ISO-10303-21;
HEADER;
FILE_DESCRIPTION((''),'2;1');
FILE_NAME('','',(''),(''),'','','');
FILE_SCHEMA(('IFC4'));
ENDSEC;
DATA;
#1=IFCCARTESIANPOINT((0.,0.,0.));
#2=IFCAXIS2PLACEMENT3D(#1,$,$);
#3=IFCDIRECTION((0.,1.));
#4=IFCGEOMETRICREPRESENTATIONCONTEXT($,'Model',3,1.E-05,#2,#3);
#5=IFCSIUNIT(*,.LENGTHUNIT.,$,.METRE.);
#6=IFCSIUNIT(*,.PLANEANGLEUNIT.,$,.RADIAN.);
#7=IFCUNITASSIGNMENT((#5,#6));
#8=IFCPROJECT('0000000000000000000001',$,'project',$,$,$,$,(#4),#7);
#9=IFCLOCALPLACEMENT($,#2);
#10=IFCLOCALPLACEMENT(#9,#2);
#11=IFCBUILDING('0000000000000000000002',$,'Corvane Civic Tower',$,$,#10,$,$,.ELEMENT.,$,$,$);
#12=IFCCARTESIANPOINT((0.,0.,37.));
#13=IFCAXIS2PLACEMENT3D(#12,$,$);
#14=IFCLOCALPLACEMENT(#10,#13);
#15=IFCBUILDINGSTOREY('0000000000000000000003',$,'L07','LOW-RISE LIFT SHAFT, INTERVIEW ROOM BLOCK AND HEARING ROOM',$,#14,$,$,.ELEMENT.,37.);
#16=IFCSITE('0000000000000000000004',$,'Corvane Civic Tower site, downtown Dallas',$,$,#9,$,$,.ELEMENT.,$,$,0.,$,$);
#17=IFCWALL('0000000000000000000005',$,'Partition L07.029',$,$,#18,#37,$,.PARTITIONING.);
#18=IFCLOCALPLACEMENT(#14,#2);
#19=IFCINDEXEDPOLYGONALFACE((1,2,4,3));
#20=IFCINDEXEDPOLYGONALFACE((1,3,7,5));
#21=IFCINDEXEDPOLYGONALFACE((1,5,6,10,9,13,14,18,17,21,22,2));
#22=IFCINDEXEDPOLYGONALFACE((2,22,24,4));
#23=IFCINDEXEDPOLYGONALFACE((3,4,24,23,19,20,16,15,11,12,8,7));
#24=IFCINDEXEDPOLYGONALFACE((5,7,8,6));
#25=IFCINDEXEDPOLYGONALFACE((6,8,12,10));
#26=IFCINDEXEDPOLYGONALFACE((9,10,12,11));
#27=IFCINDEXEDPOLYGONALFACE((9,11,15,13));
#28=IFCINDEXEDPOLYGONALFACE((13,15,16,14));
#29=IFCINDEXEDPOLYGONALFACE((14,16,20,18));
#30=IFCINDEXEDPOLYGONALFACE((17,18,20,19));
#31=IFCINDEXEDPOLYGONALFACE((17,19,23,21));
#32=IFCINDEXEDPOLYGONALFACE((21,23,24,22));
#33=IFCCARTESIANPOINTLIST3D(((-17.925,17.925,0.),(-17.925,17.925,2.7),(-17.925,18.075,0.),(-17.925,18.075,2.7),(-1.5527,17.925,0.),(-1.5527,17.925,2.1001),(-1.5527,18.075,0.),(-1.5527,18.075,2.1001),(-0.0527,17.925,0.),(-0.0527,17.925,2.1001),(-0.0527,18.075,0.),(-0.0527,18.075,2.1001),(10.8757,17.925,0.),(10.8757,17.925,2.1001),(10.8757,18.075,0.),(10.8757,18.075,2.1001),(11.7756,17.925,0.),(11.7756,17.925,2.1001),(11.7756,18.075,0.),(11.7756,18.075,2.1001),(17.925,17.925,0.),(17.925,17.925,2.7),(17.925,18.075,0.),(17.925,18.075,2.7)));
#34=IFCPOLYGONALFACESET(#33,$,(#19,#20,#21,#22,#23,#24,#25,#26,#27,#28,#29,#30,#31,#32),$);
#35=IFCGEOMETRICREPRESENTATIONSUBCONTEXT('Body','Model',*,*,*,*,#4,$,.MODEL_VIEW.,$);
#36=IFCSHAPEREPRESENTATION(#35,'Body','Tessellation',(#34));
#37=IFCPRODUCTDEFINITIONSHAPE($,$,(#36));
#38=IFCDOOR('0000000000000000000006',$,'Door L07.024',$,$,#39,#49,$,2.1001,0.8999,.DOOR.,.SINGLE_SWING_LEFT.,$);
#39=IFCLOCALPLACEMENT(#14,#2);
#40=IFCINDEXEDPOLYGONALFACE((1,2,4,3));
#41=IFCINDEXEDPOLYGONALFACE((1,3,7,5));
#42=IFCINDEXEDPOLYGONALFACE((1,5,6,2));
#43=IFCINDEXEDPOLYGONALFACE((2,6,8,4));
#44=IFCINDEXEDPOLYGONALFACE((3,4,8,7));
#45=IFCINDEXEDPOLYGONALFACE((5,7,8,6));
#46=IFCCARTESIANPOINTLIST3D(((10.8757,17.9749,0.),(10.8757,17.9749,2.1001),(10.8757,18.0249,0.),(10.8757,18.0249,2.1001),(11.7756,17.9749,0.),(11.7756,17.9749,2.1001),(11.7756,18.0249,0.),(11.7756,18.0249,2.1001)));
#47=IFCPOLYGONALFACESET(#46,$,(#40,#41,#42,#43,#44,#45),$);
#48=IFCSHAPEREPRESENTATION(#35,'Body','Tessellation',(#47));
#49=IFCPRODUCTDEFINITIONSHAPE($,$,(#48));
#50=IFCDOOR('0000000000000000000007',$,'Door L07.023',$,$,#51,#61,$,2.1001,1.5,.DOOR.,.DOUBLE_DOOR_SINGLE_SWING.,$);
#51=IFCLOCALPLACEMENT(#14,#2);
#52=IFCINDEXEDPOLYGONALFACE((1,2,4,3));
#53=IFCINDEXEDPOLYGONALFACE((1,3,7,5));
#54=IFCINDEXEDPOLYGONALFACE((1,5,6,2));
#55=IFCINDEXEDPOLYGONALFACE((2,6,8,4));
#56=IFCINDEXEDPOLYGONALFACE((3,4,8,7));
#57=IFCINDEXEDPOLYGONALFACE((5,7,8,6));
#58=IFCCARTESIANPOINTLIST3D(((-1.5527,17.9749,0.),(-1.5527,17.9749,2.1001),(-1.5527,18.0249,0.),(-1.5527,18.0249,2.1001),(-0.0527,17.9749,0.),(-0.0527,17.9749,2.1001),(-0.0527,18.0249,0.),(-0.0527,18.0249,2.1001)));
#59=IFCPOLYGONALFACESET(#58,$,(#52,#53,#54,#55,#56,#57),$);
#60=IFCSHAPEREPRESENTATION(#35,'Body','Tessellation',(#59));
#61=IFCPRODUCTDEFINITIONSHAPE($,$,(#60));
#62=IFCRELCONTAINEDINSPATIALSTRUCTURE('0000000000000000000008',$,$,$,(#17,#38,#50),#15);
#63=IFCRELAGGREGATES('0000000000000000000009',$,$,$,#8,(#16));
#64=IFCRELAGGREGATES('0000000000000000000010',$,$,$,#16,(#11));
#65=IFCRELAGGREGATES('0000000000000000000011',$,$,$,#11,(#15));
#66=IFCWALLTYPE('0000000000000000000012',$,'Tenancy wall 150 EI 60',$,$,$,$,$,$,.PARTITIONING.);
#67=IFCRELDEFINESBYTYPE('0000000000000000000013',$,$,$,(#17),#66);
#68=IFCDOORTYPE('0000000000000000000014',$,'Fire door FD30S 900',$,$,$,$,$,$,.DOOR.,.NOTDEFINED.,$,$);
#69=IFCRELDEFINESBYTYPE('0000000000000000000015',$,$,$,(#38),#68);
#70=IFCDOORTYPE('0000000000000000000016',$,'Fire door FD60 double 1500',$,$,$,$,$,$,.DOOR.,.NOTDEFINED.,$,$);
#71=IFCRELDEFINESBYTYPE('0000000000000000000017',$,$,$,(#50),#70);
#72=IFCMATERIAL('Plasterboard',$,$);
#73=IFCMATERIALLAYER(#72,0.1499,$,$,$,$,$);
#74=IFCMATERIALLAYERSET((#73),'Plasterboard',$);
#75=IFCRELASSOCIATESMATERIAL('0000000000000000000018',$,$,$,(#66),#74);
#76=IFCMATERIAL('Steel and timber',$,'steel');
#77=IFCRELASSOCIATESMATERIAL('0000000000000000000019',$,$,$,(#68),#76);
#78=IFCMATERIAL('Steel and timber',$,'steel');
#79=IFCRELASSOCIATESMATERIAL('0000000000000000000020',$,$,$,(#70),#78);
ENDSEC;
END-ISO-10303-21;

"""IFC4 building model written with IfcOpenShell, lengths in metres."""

from ifc_helpers import new_model, si_unit, direction, frame, frame_2d, origin, place, context, subcontext, project, spatial, rectangle, extrude, material, layer, layer_set, type_object, element, fill, save


model = new_model("IFC4")

# Units and contexts
model_context = context("Model", 3, precision=1e-05, world=origin(), true_north=direction((0.0, 1.0)))
body_context = subcontext(model_context, "Body", "Model", "MODEL_VIEW")
ifc_project = project(units=[si_unit("LENGTHUNIT", "METRE"), si_unit("PLANEANGLEUNIT", "RADIAN")], contexts=[model_context])

# Site, building, storey
site_placement = place(None, origin())
site = spatial("IfcSite", under=ifc_project, at=site_placement, Name="Corvane Civic Tower site, downtown Dallas", CompositionType="ELEMENT", RefElevation=0.0)
building_placement = place(site_placement, origin())
building = spatial("IfcBuilding", under=site, at=building_placement, Name="Corvane Civic Tower", CompositionType="ELEMENT")
storey_placement = place(building_placement, frame((0.0, 0.0, 37.0)))
storey = spatial("IfcBuildingStorey", under=building, at=storey_placement, Name="L07", Description="LOW-RISE LIFT SHAFT, INTERVIEW ROOM BLOCK AND HEARING ROOM", CompositionType="ELEMENT", Elevation=37.0)

# Wall, openings, doors
ifc_material_1 = material(Name="Plasterboard")
ifc_layer_1 = layer(ifc_material_1, 0.1499)
ifc_layer_set_1 = layer_set([ifc_layer_1], Name="Plasterboard")
wall_type_1 = type_object("IfcWallType", Name="Tenancy wall 150 EI 60", PredefinedType="PARTITIONING", material=ifc_layer_set_1)
wall_1_placement = place(storey_placement, frame((-17.925, 18.0, 0.0), z_axis=(0.0, 0.0, 1.0), x_axis=(1.0, 0.0, 0.0)))
wall_1 = element("IfcWall", 1, at=wall_1_placement, inside=storey, type_object=wall_type_1, Name="Partition L07.029", PredefinedType="PARTITIONING", context=body_context, shape_type="SweptSolid", body=[
    extrude(rectangle(XDim=35.8501, YDim=0.1499, at=frame_2d((17.925, 0.0))), origin(), (0.0, 0.0, 1.0), 2.7),
])
opening_1_placement = place(wall_1_placement, frame((16.3723, 0.0, 0.0)))
opening_1 = element("IfcOpeningElement", 2, at=opening_1_placement, cuts=wall_1, PredefinedType="OPENING", context=body_context, shape_type="SweptSolid", body=[
    extrude(rectangle(XDim=1.5, YDim=2.1001, at=frame_2d((0.75, 1.05))), frame((0.0, 0.085, 0.0), z_axis=(0.0, -1.0, 0.0), x_axis=(1.0, 0.0, 0.0)), (0.0, 0.0, 1.0), 0.1699),
])
opening_2_placement = place(wall_1_placement, frame((28.8008, 0.0, 0.0)))
opening_2 = element("IfcOpeningElement", 3, at=opening_2_placement, cuts=wall_1, PredefinedType="OPENING", context=body_context, shape_type="SweptSolid", body=[
    extrude(rectangle(XDim=0.8999, YDim=2.1001, at=frame_2d((0.45, 1.05))), frame((0.0, 0.085, 0.0), z_axis=(0.0, -1.0, 0.0), x_axis=(1.0, 0.0, 0.0)), (0.0, 0.0, 1.0), 0.1699),
])
ifc_material_2 = material(Name="Steel and timber", Category="steel")
door_type_1 = type_object("IfcDoorType", Name="Fire door FD30S 900", OperationType="NOTDEFINED", PredefinedType="DOOR", material=ifc_material_2)
door_1_placement = place(opening_2_placement, origin())
door_1 = element("IfcDoor", 4, at=door_1_placement, inside=storey, type_object=door_type_1, Name="Door L07.024", OperationType="SINGLE_SWING_LEFT", OverallHeight=2.1001, OverallWidth=0.8999, PredefinedType="DOOR", context=body_context, shape_type="SweptSolid", body=[
    extrude(rectangle(XDim=0.8999, YDim=2.1001, at=frame_2d((0.45, 1.05))), frame((0.0, 0.0249, 0.0), z_axis=(0.0, -1.0, 0.0), x_axis=(1.0, 0.0, 0.0)), (0.0, 0.0, 1.0), 0.05),
])
fill(opening_2, door_1)
ifc_material_3 = material(Name="Steel and timber", Category="steel")
door_type_2 = type_object("IfcDoorType", Name="Fire door FD60 double 1500", OperationType="NOTDEFINED", PredefinedType="DOOR", material=ifc_material_3)
door_2_placement = place(opening_1_placement, origin())
door_2 = element("IfcDoor", 5, at=door_2_placement, inside=storey, type_object=door_type_2, Name="Door L07.023", OperationType="DOUBLE_DOOR_SINGLE_SWING", OverallHeight=2.1001, OverallWidth=1.5, PredefinedType="DOOR", context=body_context, shape_type="SweptSolid", body=[
    extrude(rectangle(XDim=1.5, YDim=2.1001, at=frame_2d((0.75, 1.05))), frame((0.0, 0.0249, 0.0), z_axis=(0.0, -1.0, 0.0), x_axis=(1.0, 0.0, 0.0)), (0.0, 0.0, 1.0), 0.05),
])
fill(opening_1, door_2)

save(model, "model.ifc")
